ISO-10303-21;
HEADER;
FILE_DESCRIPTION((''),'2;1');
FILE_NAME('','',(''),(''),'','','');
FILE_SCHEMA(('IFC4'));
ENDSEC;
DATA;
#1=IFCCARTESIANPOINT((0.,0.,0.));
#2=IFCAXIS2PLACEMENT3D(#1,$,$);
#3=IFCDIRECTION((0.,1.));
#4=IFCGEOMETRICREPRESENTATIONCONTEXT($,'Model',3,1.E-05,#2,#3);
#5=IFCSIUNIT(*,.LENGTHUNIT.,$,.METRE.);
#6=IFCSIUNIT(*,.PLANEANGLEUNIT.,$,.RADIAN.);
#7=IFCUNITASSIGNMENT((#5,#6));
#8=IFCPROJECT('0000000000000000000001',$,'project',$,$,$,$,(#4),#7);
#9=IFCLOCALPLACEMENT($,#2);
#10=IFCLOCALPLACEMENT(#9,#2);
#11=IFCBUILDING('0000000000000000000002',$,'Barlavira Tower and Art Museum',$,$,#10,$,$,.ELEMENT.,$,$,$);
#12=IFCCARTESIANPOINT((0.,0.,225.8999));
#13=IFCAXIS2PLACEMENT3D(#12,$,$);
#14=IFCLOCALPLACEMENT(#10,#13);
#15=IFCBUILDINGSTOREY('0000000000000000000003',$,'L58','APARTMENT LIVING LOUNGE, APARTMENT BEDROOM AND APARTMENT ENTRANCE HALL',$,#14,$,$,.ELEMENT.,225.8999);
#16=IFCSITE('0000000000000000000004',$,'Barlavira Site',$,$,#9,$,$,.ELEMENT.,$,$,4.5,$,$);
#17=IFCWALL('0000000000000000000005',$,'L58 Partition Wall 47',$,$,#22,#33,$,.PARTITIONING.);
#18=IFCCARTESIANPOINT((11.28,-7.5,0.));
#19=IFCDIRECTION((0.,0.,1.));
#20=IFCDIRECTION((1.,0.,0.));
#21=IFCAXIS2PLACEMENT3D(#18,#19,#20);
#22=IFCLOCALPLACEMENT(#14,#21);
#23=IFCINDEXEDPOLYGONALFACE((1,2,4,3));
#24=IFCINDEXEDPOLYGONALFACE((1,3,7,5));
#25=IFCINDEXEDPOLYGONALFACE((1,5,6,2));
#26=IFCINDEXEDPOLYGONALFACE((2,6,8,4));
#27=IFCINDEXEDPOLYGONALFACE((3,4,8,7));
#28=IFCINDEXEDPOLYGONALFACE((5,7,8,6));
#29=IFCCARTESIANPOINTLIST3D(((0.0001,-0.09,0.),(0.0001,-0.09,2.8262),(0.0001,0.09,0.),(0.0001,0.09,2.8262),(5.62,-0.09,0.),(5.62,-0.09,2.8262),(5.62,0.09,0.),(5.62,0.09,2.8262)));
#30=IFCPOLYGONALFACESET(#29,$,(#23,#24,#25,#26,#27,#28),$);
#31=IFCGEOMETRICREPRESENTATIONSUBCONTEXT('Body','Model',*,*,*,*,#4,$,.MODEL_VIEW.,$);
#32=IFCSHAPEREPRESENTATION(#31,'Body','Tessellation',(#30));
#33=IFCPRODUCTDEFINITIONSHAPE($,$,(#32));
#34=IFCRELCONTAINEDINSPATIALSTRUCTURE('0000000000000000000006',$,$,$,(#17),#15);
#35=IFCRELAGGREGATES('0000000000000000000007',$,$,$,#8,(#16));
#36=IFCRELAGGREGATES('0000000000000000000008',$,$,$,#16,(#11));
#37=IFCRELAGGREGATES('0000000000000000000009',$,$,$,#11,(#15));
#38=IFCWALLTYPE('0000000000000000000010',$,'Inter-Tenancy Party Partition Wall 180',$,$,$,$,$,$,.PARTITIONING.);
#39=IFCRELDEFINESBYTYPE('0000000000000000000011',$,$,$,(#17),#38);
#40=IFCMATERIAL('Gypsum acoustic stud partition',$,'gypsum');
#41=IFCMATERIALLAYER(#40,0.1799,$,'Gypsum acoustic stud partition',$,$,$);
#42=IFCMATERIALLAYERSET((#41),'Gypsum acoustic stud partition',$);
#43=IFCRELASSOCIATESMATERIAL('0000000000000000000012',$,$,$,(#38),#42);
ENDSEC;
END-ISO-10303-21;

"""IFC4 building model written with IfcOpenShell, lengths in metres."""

from ifc_helpers import new_model, si_unit, direction, frame, frame_2d, origin, place, context, subcontext, project, spatial, rectangle, extrude, material, layer, layer_set, type_object, element, save


model = new_model("IFC4")

# Units and contexts
model_context = context("Model", 3, precision=1e-05, world=origin(), true_north=direction((0.0, 1.0)))
body_context = subcontext(model_context, "Body", "Model", "MODEL_VIEW")
ifc_project = project(units=[si_unit("LENGTHUNIT", "METRE"), si_unit("PLANEANGLEUNIT", "RADIAN")], contexts=[model_context])

# Site, building, storey
site_placement = place(None, origin())
site = spatial("IfcSite", under=ifc_project, at=site_placement, Name="Barlavira Site", CompositionType="ELEMENT", RefElevation=4.5)
building_placement = place(site_placement, origin())
building = spatial("IfcBuilding", under=site, at=building_placement, Name="Barlavira Tower and Art Museum", CompositionType="ELEMENT")
storey_placement = place(building_placement, frame((0.0, 0.0, 225.8999)))
storey = spatial("IfcBuildingStorey", under=building, at=storey_placement, Name="L58", Description="APARTMENT LIVING LOUNGE, APARTMENT BEDROOM AND APARTMENT ENTRANCE HALL", CompositionType="ELEMENT", Elevation=225.8999)

# Wall
ifc_material_1 = material(Name="Gypsum acoustic stud partition", Category="gypsum")
ifc_layer_1 = layer(ifc_material_1, 0.1799, Name="Gypsum acoustic stud partition")
ifc_layer_set_1 = layer_set([ifc_layer_1], Name="Gypsum acoustic stud partition")
wall_type_1 = type_object("IfcWallType", Name="Inter-Tenancy Party Partition Wall 180", PredefinedType="PARTITIONING", material=ifc_layer_set_1)
wall_1_placement = place(storey_placement, frame((11.28, -7.5, 0.0), z_axis=(0.0, 0.0, 1.0), x_axis=(1.0, 0.0, 0.0)))
element("IfcWall", 1, at=wall_1_placement, inside=storey, type_object=wall_type_1, Name="L58 Partition Wall 47", PredefinedType="PARTITIONING", context=body_context, shape_type="SweptSolid", body=[
    extrude(rectangle(XDim=5.6199, YDim=0.1799, at=frame_2d((2.8101, 0.0))), origin(), (0.0, 0.0, 1.0), 2.8262),
])

save(model, "model.ifc")
